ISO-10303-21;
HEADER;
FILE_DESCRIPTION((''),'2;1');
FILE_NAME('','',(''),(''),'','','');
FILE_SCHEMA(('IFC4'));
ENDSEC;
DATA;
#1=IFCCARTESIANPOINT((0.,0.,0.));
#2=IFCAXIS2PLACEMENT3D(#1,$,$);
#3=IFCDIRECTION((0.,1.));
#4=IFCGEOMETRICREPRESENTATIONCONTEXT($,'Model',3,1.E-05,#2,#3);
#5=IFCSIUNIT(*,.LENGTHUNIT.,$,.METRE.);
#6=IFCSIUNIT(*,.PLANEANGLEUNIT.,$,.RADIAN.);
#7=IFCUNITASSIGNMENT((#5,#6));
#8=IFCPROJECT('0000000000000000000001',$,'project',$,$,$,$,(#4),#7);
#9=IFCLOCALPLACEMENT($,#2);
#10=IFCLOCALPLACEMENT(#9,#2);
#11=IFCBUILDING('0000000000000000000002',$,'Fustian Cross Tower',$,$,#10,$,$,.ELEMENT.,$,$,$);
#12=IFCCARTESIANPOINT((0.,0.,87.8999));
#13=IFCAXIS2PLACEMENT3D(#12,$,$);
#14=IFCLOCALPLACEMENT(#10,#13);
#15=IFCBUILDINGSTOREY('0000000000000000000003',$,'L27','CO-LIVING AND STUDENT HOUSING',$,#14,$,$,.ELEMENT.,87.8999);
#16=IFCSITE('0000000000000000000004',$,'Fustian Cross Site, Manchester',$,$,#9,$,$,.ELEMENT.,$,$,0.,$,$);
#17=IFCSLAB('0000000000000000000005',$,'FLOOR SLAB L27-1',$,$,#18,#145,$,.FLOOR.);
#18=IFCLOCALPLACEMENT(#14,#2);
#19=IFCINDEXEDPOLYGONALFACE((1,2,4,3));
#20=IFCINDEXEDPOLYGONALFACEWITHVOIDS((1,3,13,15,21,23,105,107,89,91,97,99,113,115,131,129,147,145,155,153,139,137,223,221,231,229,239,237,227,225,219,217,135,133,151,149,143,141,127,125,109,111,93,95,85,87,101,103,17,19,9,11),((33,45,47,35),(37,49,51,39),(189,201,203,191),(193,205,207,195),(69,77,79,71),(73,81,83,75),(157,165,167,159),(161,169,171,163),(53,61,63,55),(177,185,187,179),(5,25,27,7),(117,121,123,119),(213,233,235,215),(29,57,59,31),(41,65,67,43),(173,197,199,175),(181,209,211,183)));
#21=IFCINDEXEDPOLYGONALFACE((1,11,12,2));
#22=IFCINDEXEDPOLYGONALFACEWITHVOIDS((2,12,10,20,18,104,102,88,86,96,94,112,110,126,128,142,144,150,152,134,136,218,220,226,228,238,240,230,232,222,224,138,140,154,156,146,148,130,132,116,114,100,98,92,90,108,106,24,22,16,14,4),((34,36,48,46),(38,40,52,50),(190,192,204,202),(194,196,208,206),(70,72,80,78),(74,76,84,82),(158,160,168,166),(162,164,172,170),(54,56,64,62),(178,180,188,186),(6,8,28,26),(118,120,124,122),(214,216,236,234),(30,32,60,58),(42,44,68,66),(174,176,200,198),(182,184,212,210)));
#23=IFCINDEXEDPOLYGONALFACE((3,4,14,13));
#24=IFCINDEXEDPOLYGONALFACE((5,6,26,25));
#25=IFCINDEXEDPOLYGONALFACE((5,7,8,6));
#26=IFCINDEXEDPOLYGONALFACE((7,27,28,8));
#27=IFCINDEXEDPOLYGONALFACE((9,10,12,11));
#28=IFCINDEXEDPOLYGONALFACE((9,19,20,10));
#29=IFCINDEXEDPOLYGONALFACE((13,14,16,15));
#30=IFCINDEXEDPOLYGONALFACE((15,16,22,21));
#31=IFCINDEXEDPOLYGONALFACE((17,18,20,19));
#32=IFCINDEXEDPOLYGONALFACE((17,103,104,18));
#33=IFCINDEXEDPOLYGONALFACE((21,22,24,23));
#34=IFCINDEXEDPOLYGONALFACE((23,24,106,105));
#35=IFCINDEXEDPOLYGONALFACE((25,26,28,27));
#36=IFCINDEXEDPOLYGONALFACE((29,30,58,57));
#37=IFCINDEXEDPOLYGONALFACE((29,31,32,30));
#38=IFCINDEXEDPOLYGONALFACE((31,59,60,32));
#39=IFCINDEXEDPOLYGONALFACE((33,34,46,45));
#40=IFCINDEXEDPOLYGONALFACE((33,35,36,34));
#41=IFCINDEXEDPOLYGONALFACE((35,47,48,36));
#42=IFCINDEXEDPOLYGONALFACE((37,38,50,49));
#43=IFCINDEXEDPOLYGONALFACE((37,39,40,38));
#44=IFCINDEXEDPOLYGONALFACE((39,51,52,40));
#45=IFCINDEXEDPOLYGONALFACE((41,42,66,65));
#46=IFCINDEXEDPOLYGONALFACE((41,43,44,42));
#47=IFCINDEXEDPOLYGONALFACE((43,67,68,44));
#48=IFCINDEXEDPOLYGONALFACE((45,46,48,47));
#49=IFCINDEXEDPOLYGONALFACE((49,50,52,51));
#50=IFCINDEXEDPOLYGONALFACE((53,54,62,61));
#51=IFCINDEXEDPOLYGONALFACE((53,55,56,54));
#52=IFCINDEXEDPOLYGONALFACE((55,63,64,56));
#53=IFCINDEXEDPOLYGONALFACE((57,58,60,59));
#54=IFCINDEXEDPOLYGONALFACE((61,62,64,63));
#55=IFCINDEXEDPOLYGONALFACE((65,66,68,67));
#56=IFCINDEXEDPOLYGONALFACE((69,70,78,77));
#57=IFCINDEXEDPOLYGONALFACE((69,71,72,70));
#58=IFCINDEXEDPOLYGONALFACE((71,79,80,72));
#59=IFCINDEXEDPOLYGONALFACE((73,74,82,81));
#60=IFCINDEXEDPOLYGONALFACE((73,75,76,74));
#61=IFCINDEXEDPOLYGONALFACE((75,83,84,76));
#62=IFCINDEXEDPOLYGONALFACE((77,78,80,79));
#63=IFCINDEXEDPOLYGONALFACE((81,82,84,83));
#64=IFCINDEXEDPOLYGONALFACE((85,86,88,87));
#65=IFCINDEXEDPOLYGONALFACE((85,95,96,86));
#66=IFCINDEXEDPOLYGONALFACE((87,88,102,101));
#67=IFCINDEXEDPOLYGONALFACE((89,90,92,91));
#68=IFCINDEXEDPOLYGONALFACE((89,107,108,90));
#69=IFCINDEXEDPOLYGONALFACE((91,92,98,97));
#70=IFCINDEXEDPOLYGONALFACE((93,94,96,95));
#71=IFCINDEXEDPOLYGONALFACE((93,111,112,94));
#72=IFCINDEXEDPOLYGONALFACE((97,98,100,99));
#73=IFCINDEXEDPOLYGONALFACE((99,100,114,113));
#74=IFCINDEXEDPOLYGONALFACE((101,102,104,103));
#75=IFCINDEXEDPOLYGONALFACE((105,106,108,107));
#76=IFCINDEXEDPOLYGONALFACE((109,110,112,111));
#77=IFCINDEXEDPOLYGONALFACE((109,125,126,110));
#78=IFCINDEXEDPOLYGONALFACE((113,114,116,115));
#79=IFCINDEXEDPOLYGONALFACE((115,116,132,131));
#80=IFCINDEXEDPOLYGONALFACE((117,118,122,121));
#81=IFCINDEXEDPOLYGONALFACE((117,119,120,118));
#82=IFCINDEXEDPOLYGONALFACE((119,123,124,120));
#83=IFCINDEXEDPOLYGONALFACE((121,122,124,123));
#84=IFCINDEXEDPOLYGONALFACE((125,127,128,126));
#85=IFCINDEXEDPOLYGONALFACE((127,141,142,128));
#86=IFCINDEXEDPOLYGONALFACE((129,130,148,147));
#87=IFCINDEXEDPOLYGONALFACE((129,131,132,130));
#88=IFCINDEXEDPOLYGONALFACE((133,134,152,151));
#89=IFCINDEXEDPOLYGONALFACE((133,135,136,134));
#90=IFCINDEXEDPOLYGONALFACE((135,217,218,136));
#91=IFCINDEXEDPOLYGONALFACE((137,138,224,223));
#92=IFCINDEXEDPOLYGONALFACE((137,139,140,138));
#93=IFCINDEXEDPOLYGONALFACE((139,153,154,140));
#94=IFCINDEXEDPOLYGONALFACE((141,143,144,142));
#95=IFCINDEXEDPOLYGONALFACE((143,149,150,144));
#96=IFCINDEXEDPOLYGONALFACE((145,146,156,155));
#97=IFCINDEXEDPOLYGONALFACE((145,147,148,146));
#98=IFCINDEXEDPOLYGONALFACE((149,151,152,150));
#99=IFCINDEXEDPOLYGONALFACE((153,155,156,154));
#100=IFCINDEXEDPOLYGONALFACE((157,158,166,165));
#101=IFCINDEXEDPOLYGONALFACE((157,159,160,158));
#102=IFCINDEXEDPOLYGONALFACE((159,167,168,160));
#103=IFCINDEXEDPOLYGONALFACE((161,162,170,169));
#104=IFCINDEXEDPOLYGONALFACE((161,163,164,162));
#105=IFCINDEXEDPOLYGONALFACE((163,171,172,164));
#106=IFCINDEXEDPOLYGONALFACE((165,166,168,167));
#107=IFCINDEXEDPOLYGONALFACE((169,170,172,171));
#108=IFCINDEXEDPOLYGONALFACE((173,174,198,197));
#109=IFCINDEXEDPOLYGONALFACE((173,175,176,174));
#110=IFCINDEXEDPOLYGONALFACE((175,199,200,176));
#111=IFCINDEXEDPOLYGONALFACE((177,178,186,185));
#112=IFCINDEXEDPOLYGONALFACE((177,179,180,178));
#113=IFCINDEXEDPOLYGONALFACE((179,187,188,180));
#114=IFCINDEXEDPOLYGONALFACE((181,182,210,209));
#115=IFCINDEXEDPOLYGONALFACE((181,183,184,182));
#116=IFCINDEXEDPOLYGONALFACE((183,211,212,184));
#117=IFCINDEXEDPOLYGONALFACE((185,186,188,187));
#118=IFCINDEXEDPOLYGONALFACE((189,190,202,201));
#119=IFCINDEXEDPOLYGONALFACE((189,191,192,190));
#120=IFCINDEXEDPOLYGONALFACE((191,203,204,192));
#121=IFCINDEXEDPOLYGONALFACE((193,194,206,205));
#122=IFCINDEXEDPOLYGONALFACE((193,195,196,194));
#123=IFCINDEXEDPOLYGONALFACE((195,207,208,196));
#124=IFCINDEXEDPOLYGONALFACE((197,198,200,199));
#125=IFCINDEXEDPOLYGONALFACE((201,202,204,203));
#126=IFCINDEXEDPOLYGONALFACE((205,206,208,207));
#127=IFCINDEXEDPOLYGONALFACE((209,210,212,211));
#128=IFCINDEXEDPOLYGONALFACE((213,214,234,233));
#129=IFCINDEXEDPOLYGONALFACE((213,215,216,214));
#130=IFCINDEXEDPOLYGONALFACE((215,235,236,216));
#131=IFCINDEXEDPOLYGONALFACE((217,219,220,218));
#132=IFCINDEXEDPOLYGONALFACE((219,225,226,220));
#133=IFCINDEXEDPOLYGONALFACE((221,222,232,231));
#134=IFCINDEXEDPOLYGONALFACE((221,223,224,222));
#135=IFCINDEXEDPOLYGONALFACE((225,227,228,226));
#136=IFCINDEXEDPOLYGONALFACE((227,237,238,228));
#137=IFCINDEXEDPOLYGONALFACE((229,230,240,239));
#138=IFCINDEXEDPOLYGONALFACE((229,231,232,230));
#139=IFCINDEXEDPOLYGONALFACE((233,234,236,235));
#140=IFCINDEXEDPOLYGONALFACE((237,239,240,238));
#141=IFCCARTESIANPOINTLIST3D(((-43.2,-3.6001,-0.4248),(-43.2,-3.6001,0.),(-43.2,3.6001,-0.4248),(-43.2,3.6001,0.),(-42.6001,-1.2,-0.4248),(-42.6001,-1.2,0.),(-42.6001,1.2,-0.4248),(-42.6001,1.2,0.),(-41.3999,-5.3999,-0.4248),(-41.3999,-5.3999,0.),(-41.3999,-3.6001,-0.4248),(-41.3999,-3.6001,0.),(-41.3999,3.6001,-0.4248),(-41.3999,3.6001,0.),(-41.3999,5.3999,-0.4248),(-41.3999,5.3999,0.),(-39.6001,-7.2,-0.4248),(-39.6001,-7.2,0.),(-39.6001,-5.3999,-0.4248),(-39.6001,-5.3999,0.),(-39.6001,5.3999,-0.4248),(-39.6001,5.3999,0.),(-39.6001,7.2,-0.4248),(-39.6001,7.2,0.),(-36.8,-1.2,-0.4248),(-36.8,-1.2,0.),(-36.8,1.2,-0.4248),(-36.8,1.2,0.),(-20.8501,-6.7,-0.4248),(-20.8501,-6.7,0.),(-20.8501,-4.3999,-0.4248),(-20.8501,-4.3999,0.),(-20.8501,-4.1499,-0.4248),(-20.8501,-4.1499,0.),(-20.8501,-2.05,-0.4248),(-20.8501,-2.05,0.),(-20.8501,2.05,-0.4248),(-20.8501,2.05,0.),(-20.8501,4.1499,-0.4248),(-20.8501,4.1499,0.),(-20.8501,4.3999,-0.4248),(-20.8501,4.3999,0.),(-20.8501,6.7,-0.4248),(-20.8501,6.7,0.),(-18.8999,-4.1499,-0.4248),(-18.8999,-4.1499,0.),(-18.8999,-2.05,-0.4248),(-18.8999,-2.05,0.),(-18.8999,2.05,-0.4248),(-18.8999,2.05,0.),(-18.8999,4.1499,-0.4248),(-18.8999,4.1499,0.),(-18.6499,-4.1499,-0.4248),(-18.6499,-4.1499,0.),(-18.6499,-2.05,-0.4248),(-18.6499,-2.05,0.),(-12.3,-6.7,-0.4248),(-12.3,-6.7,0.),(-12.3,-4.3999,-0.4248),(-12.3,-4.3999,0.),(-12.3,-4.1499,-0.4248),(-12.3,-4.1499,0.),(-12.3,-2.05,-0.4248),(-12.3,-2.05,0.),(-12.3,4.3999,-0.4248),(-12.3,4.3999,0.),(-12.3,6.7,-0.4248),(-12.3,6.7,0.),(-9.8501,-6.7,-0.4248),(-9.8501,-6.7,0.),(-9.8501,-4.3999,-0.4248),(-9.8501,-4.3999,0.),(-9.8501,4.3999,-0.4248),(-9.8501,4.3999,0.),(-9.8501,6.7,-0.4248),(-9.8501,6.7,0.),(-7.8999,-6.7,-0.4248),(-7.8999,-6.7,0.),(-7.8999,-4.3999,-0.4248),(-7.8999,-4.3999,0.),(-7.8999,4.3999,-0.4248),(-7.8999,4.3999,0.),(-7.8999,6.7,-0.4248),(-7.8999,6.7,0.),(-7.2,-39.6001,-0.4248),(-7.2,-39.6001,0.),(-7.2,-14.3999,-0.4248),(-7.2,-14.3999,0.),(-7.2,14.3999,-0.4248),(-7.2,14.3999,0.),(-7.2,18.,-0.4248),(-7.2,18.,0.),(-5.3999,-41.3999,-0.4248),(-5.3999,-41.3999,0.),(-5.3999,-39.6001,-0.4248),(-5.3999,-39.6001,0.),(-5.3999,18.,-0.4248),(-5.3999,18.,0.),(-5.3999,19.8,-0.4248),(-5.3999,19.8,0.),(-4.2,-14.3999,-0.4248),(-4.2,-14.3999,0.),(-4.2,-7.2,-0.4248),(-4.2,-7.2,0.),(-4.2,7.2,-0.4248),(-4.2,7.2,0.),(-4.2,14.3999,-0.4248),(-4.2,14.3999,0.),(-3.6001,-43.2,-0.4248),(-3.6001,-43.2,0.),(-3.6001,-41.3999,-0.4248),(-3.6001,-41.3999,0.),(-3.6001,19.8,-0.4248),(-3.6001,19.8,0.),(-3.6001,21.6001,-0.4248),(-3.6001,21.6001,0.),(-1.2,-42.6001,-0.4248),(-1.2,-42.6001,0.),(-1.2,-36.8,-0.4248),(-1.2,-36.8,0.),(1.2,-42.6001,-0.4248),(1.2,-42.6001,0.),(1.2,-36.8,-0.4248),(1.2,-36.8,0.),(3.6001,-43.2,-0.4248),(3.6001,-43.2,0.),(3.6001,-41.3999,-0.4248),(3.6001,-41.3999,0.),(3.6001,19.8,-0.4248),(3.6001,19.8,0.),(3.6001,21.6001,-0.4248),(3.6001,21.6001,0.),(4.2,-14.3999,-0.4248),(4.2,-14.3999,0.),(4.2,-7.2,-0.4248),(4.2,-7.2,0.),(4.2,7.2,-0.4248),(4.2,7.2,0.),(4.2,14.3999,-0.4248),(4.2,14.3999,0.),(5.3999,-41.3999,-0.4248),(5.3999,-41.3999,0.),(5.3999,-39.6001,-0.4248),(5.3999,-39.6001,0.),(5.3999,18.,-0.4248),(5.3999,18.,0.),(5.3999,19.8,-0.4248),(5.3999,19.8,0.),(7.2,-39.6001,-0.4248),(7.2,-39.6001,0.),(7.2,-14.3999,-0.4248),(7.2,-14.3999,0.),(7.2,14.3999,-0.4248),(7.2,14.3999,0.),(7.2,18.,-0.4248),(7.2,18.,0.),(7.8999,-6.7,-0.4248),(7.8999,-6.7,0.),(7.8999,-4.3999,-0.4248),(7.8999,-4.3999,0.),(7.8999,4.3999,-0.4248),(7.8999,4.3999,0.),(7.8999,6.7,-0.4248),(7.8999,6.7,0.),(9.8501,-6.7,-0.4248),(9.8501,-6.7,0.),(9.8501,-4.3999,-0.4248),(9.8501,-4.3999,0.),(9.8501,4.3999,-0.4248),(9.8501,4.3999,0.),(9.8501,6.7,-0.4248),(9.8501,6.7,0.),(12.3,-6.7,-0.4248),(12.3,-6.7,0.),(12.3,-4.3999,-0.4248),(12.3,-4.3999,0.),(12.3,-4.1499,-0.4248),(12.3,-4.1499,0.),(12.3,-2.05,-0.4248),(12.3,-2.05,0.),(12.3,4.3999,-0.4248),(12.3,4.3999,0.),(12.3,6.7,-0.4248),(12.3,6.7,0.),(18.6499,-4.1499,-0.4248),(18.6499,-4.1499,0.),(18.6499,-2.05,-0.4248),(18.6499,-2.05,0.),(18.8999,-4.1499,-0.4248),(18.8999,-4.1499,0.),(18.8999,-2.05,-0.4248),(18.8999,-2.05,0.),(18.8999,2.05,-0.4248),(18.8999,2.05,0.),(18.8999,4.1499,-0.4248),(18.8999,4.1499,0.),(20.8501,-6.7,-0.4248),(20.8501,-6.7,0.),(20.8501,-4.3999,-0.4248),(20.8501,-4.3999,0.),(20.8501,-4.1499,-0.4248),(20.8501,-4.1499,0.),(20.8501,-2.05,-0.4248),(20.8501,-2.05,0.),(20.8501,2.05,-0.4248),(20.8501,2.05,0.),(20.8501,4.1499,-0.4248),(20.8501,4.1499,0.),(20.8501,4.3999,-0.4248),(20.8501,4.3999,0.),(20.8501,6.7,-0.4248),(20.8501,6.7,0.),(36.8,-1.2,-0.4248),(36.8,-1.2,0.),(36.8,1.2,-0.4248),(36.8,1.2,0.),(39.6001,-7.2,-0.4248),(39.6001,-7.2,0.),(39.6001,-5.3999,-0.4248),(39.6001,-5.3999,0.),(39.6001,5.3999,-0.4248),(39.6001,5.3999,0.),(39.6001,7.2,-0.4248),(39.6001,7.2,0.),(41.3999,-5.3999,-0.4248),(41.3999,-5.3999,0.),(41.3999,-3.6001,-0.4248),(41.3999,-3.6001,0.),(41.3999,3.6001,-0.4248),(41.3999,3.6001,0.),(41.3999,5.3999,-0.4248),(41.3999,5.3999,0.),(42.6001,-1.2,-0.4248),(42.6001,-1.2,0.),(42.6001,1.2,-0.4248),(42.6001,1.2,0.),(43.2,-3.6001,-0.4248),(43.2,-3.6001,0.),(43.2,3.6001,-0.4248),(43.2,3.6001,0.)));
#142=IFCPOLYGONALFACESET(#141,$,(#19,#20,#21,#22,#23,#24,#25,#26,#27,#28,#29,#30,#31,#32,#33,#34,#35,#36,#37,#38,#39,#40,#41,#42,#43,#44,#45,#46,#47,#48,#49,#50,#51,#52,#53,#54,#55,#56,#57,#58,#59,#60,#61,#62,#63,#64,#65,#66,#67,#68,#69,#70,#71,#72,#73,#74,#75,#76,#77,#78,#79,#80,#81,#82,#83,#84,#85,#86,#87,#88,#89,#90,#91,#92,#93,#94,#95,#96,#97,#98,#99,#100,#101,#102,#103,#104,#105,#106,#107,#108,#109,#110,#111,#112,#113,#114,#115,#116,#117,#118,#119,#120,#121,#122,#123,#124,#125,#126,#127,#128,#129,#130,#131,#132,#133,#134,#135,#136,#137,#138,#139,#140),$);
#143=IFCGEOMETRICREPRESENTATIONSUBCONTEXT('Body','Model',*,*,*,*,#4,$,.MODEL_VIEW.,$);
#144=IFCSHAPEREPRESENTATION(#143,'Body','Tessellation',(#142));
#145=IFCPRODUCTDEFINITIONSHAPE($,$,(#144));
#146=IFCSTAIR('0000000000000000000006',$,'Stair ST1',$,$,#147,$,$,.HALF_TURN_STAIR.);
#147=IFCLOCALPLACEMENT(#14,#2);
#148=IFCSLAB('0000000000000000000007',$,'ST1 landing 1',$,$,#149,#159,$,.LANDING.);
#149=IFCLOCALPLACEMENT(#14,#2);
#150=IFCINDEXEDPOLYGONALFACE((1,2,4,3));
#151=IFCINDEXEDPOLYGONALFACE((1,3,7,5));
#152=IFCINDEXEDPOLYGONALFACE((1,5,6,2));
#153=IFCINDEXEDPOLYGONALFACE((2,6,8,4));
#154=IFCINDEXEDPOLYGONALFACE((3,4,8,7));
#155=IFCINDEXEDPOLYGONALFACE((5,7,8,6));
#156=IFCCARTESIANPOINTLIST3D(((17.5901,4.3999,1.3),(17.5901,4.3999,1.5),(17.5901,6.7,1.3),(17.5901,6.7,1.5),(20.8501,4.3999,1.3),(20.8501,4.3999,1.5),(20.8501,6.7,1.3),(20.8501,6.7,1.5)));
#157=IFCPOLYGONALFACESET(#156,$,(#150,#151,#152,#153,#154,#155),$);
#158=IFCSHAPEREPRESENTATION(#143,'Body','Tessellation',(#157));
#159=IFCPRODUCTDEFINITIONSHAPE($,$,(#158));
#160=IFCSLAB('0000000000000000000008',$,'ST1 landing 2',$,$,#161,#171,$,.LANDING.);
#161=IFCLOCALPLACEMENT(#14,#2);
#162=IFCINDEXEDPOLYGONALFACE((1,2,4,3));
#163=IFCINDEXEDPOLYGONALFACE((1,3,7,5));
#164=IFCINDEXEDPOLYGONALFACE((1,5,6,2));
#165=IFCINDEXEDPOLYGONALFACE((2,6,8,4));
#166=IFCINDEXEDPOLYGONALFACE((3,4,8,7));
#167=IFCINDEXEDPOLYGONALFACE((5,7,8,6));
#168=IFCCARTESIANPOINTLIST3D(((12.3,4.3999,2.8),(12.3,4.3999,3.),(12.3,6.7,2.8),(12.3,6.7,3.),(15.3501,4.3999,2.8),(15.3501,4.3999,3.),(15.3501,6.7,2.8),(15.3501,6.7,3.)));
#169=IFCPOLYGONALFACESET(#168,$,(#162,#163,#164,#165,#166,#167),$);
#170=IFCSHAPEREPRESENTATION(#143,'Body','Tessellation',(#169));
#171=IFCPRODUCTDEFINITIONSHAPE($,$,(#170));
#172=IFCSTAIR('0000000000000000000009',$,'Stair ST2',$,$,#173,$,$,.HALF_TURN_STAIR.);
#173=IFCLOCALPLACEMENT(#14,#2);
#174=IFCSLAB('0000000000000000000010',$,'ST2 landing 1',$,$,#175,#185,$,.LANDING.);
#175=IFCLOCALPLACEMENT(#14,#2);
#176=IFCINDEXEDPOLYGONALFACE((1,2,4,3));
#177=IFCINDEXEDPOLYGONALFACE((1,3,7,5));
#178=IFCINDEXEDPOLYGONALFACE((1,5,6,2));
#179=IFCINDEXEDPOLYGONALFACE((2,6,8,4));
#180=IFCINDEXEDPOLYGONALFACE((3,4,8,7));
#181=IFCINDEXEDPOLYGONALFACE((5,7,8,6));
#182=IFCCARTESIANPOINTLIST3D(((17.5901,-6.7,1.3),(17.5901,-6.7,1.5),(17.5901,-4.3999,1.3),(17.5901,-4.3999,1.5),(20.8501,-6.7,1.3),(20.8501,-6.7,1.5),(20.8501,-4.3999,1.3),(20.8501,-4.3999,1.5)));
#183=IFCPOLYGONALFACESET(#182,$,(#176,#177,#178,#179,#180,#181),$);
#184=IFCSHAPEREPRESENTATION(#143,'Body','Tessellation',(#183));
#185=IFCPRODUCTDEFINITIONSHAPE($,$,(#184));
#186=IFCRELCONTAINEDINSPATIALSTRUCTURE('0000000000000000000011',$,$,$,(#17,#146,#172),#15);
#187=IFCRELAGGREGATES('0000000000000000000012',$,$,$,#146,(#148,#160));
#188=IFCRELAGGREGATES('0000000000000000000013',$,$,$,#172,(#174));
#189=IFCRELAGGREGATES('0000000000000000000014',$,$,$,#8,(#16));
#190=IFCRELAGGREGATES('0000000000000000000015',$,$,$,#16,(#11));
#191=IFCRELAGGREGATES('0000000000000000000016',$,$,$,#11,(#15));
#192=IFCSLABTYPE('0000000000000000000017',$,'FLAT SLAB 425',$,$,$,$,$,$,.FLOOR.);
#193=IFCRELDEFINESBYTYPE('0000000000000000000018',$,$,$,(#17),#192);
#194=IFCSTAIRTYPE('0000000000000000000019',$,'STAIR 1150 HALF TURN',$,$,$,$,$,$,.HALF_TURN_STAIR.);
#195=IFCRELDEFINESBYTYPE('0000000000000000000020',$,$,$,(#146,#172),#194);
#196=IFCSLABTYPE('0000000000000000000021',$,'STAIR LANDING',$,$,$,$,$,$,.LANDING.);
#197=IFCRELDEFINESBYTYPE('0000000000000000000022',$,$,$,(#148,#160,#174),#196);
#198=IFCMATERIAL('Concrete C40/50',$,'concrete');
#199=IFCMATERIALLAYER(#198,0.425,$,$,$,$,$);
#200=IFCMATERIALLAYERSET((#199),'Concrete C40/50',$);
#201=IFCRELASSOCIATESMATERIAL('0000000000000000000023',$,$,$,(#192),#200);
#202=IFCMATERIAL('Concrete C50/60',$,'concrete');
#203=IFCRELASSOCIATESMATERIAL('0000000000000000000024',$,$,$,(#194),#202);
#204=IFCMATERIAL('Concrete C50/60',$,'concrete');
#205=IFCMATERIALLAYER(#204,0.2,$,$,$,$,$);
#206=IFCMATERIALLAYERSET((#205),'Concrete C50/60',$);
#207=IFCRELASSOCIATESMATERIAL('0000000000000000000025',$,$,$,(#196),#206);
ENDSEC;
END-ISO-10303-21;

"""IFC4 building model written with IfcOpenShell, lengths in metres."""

from ifc_helpers import new_model, si_unit, direction, frame, origin, place, context, subcontext, project, spatial, polyline, outline, extrude, material, layer, layer_set, type_object, element, aggregate, save


model = new_model("IFC4")

# Units and contexts
model_context = context("Model", 3, precision=1e-05, world=origin(), true_north=direction((0.0, 1.0)))
body_context = subcontext(model_context, "Body", "Model", "MODEL_VIEW")
ifc_project = project(units=[si_unit("LENGTHUNIT", "METRE"), si_unit("PLANEANGLEUNIT", "RADIAN")], contexts=[model_context])

# Site, building, storey
site_placement = place(None, origin())
site = spatial("IfcSite", under=ifc_project, at=site_placement, Name="Fustian Cross Site, Manchester", CompositionType="ELEMENT", RefElevation=0.0)
building_placement = place(site_placement, origin())
building = spatial("IfcBuilding", under=site, at=building_placement, Name="Fustian Cross Tower", CompositionType="ELEMENT")
storey_placement = place(building_placement, frame((0.0, 0.0, 87.8999)))
storey = spatial("IfcBuildingStorey", under=building, at=storey_placement, Name="L27", Description="CO-LIVING AND STUDENT HOUSING", CompositionType="ELEMENT", Elevation=87.8999)

# Slab
ifc_material_1 = material(Name="Concrete C40/50", Category="concrete")
ifc_layer_1 = layer(ifc_material_1, 0.425)
ifc_layer_set_1 = layer_set([ifc_layer_1], Name="Concrete C40/50")
slab_type_1 = type_object("IfcSlabType", Name="FLAT SLAB 425", PredefinedType="FLOOR", material=ifc_layer_set_1)
slab_1_placement = place(storey_placement, frame((0.0, 0.0, -0.4248)))
element("IfcSlab", 1, at=slab_1_placement, inside=storey, type_object=slab_type_1, Name="FLOOR SLAB L27-1", PredefinedType="FLOOR", context=body_context, shape_type="SweptSolid", body=[
    extrude(outline(polyline([(-4.2, -7.2), (-39.6001, -7.2), (-39.6001, -5.3999), (-41.3999, -5.3999), (-41.3999, -3.6001), (-43.2, -3.6001), (-43.2, 3.6001), (-41.3999, 3.6001), (-41.3999, 5.3999), (-39.6001, 5.3999), (-39.6001, 7.2), (-4.2, 7.2), (-4.2, 14.3999), (-7.2, 14.3999), (-7.2, 18.0), (-5.3999, 18.0), (-5.3999, 19.8), (-3.6001, 19.8), (-3.6001, 21.6001), (3.6001, 21.6001), (3.6001, 19.8), (5.3999, 19.8), (5.3999, 18.0), (7.2, 18.0), (7.2, 14.3999), (4.2, 14.3999), (4.2, 7.2), (39.6001, 7.2), (39.6001, 5.3999), (41.3999, 5.3999), (41.3999, 3.6001), (43.2, 3.6001), (43.2, -3.6001), (41.3999, -3.6001), (41.3999, -5.3999), (39.6001, -5.3999), (39.6001, -7.2), (4.2, -7.2), (4.2, -14.3999), (7.2, -14.3999), (7.2, -39.6001), (5.3999, -39.6001), (5.3999, -41.3999), (3.6001, -41.3999), (3.6001, -43.2), (-3.6001, -43.2), (-3.6001, -41.3999), (-5.3999, -41.3999), (-5.3999, -39.6001), (-7.2, -39.6001), (-7.2, -14.3999), (-4.2, -14.3999), (-4.2, -7.2)]), holes=[polyline([(20.8501, -2.05), (18.8999, -2.05), (18.8999, -4.1499), (20.8501, -4.1499), (20.8501, -2.05)]), polyline([(20.8501, 2.05), (20.8501, 4.1499), (18.8999, 4.1499), (18.8999, 2.05), (20.8501, 2.05)]), polyline([(7.8999, 4.3999), (9.8501, 4.3999), (9.8501, 6.7), (7.8999, 6.7), (7.8999, 4.3999)]), polyline([(7.8999, -4.3999), (7.8999, -6.7), (9.8501, -6.7), (9.8501, -4.3999), (7.8999, -4.3999)]), polyline([(-18.8999, -2.05), (-20.8501, -2.05), (-20.8501, -4.1499), (-18.8999, -4.1499), (-18.8999, -2.05)]), polyline([(-18.8999, 2.05), (-18.8999, 4.1499), (-20.8501, 4.1499), (-20.8501, 2.05), (-18.8999, 2.05)]), polyline([(-9.8501, 4.3999), (-7.8999, 4.3999), (-7.8999, 6.7), (-9.8501, 6.7), (-9.8501, 4.3999)]), polyline([(-9.8501, -4.3999), (-9.8501, -6.7), (-7.8999, -6.7), (-7.8999, -4.3999), (-9.8501, -4.3999)]), polyline([(18.6499, -2.05), (12.3, -2.05), (12.3, -4.1499), (18.6499, -4.1499), (18.6499, -2.05)]), polyline([(-12.3, -4.1499), (-12.3, -2.05), (-18.6499, -2.05), (-18.6499, -4.1499), (-12.3, -4.1499)]), polyline([(12.3, 4.3999), (20.8501, 4.3999), (20.8501, 6.7), (12.3, 6.7), (12.3, 4.3999)]), polyline([(12.3, -4.3999), (12.3, -6.7), (20.8501, -6.7), (20.8501, -4.3999), (12.3, -4.3999)]), polyline([(-12.3, 6.7), (-20.8501, 6.7), (-20.8501, 4.3999), (-12.3, 4.3999), (-12.3, 6.7)]), polyline([(-12.3, -6.7), (-12.3, -4.3999), (-20.8501, -4.3999), (-20.8501, -6.7), (-12.3, -6.7)]), polyline([(-1.2, -42.6001), (1.2, -42.6001), (1.2, -36.8), (-1.2, -36.8), (-1.2, -42.6001)]), polyline([(36.8, 1.2), (36.8, -1.2), (42.6001, -1.2), (42.6001, 1.2), (36.8, 1.2)]), polyline([(-36.8, 1.2), (-42.6001, 1.2), (-42.6001, -1.2), (-36.8, -1.2), (-36.8, 1.2)])]), origin(), (0.0, 0.0, 1.0), 0.4248),
])

# Stair, slabs
ifc_material_2 = material(Name="Concrete C50/60", Category="concrete")
stair_type = type_object("IfcStairType", Name="STAIR 1150 HALF TURN", PredefinedType="HALF_TURN_STAIR", material=ifc_material_2)
stair_1_placement = place(storey_placement, origin())
stair_1 = element("IfcStair", 2, at=stair_1_placement, inside=storey, type_object=stair_type, Name="Stair ST1", PredefinedType="HALF_TURN_STAIR")
ifc_material_3 = material(Name="Concrete C50/60", Category="concrete")
ifc_layer_2 = layer(ifc_material_3, 0.2)
ifc_layer_set_2 = layer_set([ifc_layer_2], Name="Concrete C50/60")
slab_type_2 = type_object("IfcSlabType", Name="STAIR LANDING", PredefinedType="LANDING", material=ifc_layer_set_2)
slab_2_placement = place(storey_placement, frame((0.0, 0.0, 1.3)))
slab_2 = element("IfcSlab", 3, at=slab_2_placement, type_object=slab_type_2, Name="ST1 landing 1", PredefinedType="LANDING", context=body_context, shape_type="SweptSolid", body=[
    extrude(outline(polyline([(17.5901, 4.3999), (20.8501, 4.3999), (20.8501, 6.7), (17.5901, 6.7), (17.5901, 4.3999)])), origin(), (0.0, 0.0, 1.0), 0.2),
])
slab_3_placement = place(storey_placement, frame((0.0, 0.0, 2.8)))
slab_3 = element("IfcSlab", 4, at=slab_3_placement, type_object=slab_type_2, Name="ST1 landing 2", PredefinedType="LANDING", context=body_context, shape_type="SweptSolid", body=[
    extrude(outline(polyline([(12.3, 4.3999), (15.3501, 4.3999), (15.3501, 6.7), (12.3, 6.7), (12.3, 4.3999)])), origin(), (0.0, 0.0, 1.0), 0.2),
])
aggregate(stair_1, [slab_2, slab_3])

# Stair, slab
stair_2_placement = place(storey_placement, origin())
stair_2 = element("IfcStair", 5, at=stair_2_placement, inside=storey, type_object=stair_type, Name="Stair ST2", PredefinedType="HALF_TURN_STAIR")
slab_4_placement = place(storey_placement, frame((0.0, 0.0, 1.3)))
slab_4 = element("IfcSlab", 6, at=slab_4_placement, type_object=slab_type_2, Name="ST2 landing 1", PredefinedType="LANDING", context=body_context, shape_type="SweptSolid", body=[
    extrude(outline(polyline([(17.5901, -4.3999), (20.8501, -4.3999), (20.8501, -6.7), (17.5901, -6.7), (17.5901, -4.3999)])), origin(), (0.0, 0.0, 1.0), 0.2),
])
aggregate(stair_2, [slab_4])

save(model, "model.ifc")
